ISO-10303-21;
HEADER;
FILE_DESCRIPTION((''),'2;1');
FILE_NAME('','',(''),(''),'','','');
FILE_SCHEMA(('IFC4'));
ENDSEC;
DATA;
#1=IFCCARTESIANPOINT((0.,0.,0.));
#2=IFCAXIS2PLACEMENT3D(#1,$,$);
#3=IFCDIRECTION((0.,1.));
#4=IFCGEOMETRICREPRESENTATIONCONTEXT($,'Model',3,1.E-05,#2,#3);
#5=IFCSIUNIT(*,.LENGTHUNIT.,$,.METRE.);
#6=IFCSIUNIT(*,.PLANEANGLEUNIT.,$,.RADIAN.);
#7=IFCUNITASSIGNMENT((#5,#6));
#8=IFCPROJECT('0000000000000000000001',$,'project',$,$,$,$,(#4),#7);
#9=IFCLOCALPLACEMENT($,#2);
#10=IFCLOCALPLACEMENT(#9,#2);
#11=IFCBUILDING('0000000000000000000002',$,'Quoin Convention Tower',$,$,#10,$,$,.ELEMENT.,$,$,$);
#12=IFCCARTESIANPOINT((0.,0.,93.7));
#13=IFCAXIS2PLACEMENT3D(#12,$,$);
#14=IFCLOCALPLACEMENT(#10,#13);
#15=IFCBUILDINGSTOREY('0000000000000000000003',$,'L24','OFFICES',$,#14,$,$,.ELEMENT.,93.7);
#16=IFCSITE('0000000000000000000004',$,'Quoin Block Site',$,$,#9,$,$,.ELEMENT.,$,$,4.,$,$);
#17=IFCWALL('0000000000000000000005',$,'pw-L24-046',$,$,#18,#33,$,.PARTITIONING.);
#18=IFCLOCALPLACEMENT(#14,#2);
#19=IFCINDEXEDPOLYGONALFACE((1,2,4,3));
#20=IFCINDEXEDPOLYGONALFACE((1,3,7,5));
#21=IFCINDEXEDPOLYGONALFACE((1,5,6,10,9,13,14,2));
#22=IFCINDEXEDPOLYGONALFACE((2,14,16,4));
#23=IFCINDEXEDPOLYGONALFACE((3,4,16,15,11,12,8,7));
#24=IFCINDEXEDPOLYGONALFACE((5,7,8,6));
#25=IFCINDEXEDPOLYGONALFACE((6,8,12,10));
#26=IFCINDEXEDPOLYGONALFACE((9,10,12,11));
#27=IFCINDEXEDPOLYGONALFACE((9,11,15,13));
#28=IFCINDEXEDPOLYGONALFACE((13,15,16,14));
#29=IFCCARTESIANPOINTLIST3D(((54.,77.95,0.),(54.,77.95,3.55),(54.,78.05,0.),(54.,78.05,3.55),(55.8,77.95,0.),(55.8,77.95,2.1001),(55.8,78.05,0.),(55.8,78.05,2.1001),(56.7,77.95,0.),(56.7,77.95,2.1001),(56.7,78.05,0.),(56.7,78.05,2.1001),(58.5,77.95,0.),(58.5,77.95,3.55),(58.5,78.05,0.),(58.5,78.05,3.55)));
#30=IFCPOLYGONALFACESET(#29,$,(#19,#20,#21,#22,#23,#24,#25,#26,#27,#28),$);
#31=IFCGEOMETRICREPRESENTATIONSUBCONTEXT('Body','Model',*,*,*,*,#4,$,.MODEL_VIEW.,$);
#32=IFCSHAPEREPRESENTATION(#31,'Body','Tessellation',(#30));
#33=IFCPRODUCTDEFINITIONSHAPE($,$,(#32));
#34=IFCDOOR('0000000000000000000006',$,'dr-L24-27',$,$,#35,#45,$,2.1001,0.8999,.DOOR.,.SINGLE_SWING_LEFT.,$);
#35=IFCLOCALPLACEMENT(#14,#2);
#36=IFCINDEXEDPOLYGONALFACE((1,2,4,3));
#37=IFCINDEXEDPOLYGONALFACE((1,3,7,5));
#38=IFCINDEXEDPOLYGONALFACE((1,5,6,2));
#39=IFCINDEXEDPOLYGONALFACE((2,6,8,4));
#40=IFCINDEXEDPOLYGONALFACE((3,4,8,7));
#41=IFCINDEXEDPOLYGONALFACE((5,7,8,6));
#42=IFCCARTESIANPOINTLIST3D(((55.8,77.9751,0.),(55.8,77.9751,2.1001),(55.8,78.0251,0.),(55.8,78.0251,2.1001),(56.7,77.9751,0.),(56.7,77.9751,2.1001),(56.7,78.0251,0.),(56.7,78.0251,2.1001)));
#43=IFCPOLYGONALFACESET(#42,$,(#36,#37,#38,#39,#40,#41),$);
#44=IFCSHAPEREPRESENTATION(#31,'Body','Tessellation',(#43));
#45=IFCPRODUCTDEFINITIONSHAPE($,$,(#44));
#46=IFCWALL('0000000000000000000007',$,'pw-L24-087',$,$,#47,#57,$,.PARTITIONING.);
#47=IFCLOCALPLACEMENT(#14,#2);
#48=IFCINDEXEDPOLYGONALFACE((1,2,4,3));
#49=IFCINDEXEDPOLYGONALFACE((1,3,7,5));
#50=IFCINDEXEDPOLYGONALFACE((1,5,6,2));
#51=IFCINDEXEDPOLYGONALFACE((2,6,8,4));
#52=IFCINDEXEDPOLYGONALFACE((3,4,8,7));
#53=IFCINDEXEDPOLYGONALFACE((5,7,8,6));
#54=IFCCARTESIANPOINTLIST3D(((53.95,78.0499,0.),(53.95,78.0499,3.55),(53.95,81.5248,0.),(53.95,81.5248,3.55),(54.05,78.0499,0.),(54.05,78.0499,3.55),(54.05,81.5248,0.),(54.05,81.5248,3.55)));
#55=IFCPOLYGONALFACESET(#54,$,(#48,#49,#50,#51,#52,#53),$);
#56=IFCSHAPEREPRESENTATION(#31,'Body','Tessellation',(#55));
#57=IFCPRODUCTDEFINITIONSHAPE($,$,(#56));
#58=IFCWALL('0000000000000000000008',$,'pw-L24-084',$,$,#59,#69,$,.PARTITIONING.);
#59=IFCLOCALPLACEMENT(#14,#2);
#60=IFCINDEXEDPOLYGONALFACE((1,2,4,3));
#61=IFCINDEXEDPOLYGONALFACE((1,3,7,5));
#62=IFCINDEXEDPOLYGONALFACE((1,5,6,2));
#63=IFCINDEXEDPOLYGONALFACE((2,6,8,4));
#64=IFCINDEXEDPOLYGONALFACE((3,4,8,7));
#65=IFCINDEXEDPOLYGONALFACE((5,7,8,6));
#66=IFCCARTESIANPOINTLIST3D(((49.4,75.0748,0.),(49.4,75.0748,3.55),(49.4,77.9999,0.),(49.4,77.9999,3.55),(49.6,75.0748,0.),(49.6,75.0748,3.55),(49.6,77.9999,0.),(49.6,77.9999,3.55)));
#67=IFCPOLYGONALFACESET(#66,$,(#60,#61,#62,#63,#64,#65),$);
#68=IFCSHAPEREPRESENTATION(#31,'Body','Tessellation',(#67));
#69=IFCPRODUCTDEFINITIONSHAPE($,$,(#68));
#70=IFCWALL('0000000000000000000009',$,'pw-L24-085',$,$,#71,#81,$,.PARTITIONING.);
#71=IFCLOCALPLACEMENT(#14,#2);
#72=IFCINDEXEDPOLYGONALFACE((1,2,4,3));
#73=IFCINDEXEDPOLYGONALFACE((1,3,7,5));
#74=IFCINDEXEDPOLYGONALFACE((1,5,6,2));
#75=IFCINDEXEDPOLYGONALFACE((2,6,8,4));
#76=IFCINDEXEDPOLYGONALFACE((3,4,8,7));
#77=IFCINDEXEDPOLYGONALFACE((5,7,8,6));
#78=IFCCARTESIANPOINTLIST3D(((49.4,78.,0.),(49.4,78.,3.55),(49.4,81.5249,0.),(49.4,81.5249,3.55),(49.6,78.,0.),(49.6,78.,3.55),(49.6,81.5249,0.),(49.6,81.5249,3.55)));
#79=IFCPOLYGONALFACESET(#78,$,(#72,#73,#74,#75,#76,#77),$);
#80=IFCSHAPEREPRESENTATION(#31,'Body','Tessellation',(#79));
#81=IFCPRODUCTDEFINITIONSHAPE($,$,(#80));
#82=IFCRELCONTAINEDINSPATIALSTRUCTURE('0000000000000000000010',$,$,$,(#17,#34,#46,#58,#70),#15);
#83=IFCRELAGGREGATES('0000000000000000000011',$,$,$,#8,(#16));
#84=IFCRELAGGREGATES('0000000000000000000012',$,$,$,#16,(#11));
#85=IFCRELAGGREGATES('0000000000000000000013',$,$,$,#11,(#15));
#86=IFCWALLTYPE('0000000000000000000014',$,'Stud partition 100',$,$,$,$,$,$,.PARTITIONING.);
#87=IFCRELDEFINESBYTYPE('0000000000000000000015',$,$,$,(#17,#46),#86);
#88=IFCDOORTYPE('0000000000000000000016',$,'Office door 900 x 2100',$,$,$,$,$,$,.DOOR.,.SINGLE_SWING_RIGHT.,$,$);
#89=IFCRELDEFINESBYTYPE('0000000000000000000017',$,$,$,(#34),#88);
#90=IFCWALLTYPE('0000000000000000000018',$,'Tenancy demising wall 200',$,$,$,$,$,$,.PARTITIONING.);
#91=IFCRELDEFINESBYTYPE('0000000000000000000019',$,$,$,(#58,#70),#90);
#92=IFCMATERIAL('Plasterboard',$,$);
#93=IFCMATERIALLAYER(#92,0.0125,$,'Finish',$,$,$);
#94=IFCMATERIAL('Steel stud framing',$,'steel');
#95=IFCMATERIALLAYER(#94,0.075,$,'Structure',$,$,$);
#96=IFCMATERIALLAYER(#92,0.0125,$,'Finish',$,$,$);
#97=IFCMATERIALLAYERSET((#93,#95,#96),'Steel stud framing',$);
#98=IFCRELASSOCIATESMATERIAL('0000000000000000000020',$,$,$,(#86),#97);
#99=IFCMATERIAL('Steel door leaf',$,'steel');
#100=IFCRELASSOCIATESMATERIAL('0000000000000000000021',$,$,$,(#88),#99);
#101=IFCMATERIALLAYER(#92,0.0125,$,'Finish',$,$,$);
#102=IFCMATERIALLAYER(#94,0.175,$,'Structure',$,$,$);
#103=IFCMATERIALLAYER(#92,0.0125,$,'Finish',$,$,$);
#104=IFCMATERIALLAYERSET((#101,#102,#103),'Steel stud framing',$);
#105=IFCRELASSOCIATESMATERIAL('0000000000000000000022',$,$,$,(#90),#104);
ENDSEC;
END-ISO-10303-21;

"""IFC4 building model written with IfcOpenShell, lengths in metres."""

from ifc_helpers import new_model, si_unit, direction, frame, frame_2d, origin, place, context, subcontext, project, spatial, rectangle, extrude, material, layer, layer_set, type_object, element, fill, save


model = new_model("IFC4")

# Units and contexts
model_context = context("Model", 3, precision=1e-05, world=origin(), true_north=direction((0.0, 1.0)))
body_context = subcontext(model_context, "Body", "Model", "MODEL_VIEW")
ifc_project = project(units=[si_unit("LENGTHUNIT", "METRE"), si_unit("PLANEANGLEUNIT", "RADIAN")], contexts=[model_context])

# Site, building, storey
site_placement = place(None, origin())
site = spatial("IfcSite", under=ifc_project, at=site_placement, Name="Quoin Block Site", CompositionType="ELEMENT", RefElevation=4.0)
building_placement = place(site_placement, origin())
building = spatial("IfcBuilding", under=site, at=building_placement, Name="Quoin Convention Tower", CompositionType="ELEMENT")
storey_placement = place(building_placement, frame((0.0, 0.0, 93.7)))
storey = spatial("IfcBuildingStorey", under=building, at=storey_placement, Name="L24", Description="OFFICES", CompositionType="ELEMENT", Elevation=93.7)

# Shared definitions
ifc_material_1 = material(Name="Steel door leaf", Category="steel")

# Wall, opening, door
ifc_material_2 = material(Name="Plasterboard")
ifc_layer_1 = layer(ifc_material_2, 0.0125, Name="Finish")
ifc_material_3 = material(Name="Steel stud framing", Category="steel")
ifc_layer_2 = layer(ifc_material_3, 0.075, Name="Structure")
ifc_layer_3 = layer(ifc_material_2, 0.0125, Name="Finish")
ifc_layer_set_1 = layer_set([ifc_layer_1, ifc_layer_2, ifc_layer_3], Name="Steel stud framing")
wall_type_1 = type_object("IfcWallType", Name="Stud partition 100", PredefinedType="PARTITIONING", material=ifc_layer_set_1)
door_type_1 = type_object("IfcDoorType", Name="Office door 900 x 2100", OperationType="SINGLE_SWING_RIGHT", PredefinedType="DOOR", material=ifc_material_1)
wall_1_placement = place(storey_placement, frame((54.0, 78.0, 0.0), z_axis=(0.0, 0.0, 1.0), x_axis=(1.0, 0.0, 0.0)))
wall_1 = element("IfcWall", 1, at=wall_1_placement, inside=storey, type_object=wall_type_1, Name="pw-L24-046", PredefinedType="PARTITIONING", context=body_context, shape_type="SweptSolid", body=[
    extrude(rectangle(XDim=4.5, YDim=0.1001, at=frame_2d((2.25, 0.0))), origin(), (0.0, 0.0, 1.0), 3.55),
])
opening_1_placement = place(wall_1_placement, frame((1.8, 0.0, 0.0)))
opening_1 = element("IfcOpeningElement", 2, at=opening_1_placement, cuts=wall_1, PredefinedType="OPENING", context=body_context, shape_type="SweptSolid", body=[
    extrude(rectangle(XDim=0.8999, YDim=2.1001, at=frame_2d((0.45, 1.05))), frame((0.0, 0.0601, 0.0), z_axis=(0.0, -1.0, 0.0), x_axis=(1.0, 0.0, 0.0)), (0.0, 0.0, 1.0), 0.1201),
])
door_1_placement = place(opening_1_placement, frame((0.8999, 0.0, 0.0), z_axis=(0.0, 0.0, 1.0), x_axis=(-1.0, 0.0, 0.0)))
door_1 = element("IfcDoor", 3, at=door_1_placement, inside=storey, type_object=door_type_1, Name="dr-L24-27", OperationType="SINGLE_SWING_LEFT", OverallHeight=2.1001, OverallWidth=0.8999, PredefinedType="DOOR", context=body_context, shape_type="SweptSolid", body=[
    extrude(rectangle(XDim=0.8999, YDim=2.1001, at=frame_2d((0.45, 1.05))), frame((0.0, 0.0249, 0.0), z_axis=(0.0, -1.0, 0.0), x_axis=(1.0, 0.0, 0.0)), (0.0, 0.0, 1.0), 0.05),
])
fill(opening_1, door_1)

# Walls
wall_2_placement = place(storey_placement, frame((54.0, 78.05, 0.0), z_axis=(0.0, 0.0, 1.0), x_axis=(0.0, 1.0, 0.0)))
element("IfcWall", 4, at=wall_2_placement, inside=storey, type_object=wall_type_1, Name="pw-L24-087", PredefinedType="PARTITIONING", context=body_context, shape_type="SweptSolid", body=[
    extrude(rectangle(XDim=3.4749, YDim=0.1001, at=frame_2d((1.7373, 0.0))), origin(), (0.0, 0.0, 1.0), 3.55),
])
ifc_layer_4 = layer(ifc_material_2, 0.0125, Name="Finish")
ifc_layer_5 = layer(ifc_material_3, 0.175, Name="Structure")
ifc_layer_6 = layer(ifc_material_2, 0.0125, Name="Finish")
ifc_layer_set_2 = layer_set([ifc_layer_4, ifc_layer_5, ifc_layer_6], Name="Steel stud framing")
wall_type_2 = type_object("IfcWallType", Name="Tenancy demising wall 200", PredefinedType="PARTITIONING", material=ifc_layer_set_2)
wall_3_placement = place(storey_placement, frame((49.5, 75.075, 0.0), z_axis=(0.0, 0.0, 1.0), x_axis=(0.0, 1.0, 0.0)))
element("IfcWall", 5, at=wall_3_placement, inside=storey, type_object=wall_type_2, Name="pw-L24-084", PredefinedType="PARTITIONING", context=body_context, shape_type="SweptSolid", body=[
    extrude(rectangle(XDim=2.925, YDim=0.2, at=frame_2d((1.4624, 0.0))), origin(), (0.0, 0.0, 1.0), 3.55),
])
wall_4_placement = place(storey_placement, frame((49.5, 78.0, 0.0), z_axis=(0.0, 0.0, 1.0), x_axis=(0.0, 1.0, 0.0)))
element("IfcWall", 6, at=wall_4_placement, inside=storey, type_object=wall_type_2, Name="pw-L24-085", PredefinedType="PARTITIONING", context=body_context, shape_type="SweptSolid", body=[
    extrude(rectangle(XDim=3.5249, YDim=0.2, at=frame_2d((1.7625, 0.0))), origin(), (0.0, 0.0, 1.0), 3.55),
])

save(model, "model.ifc")
